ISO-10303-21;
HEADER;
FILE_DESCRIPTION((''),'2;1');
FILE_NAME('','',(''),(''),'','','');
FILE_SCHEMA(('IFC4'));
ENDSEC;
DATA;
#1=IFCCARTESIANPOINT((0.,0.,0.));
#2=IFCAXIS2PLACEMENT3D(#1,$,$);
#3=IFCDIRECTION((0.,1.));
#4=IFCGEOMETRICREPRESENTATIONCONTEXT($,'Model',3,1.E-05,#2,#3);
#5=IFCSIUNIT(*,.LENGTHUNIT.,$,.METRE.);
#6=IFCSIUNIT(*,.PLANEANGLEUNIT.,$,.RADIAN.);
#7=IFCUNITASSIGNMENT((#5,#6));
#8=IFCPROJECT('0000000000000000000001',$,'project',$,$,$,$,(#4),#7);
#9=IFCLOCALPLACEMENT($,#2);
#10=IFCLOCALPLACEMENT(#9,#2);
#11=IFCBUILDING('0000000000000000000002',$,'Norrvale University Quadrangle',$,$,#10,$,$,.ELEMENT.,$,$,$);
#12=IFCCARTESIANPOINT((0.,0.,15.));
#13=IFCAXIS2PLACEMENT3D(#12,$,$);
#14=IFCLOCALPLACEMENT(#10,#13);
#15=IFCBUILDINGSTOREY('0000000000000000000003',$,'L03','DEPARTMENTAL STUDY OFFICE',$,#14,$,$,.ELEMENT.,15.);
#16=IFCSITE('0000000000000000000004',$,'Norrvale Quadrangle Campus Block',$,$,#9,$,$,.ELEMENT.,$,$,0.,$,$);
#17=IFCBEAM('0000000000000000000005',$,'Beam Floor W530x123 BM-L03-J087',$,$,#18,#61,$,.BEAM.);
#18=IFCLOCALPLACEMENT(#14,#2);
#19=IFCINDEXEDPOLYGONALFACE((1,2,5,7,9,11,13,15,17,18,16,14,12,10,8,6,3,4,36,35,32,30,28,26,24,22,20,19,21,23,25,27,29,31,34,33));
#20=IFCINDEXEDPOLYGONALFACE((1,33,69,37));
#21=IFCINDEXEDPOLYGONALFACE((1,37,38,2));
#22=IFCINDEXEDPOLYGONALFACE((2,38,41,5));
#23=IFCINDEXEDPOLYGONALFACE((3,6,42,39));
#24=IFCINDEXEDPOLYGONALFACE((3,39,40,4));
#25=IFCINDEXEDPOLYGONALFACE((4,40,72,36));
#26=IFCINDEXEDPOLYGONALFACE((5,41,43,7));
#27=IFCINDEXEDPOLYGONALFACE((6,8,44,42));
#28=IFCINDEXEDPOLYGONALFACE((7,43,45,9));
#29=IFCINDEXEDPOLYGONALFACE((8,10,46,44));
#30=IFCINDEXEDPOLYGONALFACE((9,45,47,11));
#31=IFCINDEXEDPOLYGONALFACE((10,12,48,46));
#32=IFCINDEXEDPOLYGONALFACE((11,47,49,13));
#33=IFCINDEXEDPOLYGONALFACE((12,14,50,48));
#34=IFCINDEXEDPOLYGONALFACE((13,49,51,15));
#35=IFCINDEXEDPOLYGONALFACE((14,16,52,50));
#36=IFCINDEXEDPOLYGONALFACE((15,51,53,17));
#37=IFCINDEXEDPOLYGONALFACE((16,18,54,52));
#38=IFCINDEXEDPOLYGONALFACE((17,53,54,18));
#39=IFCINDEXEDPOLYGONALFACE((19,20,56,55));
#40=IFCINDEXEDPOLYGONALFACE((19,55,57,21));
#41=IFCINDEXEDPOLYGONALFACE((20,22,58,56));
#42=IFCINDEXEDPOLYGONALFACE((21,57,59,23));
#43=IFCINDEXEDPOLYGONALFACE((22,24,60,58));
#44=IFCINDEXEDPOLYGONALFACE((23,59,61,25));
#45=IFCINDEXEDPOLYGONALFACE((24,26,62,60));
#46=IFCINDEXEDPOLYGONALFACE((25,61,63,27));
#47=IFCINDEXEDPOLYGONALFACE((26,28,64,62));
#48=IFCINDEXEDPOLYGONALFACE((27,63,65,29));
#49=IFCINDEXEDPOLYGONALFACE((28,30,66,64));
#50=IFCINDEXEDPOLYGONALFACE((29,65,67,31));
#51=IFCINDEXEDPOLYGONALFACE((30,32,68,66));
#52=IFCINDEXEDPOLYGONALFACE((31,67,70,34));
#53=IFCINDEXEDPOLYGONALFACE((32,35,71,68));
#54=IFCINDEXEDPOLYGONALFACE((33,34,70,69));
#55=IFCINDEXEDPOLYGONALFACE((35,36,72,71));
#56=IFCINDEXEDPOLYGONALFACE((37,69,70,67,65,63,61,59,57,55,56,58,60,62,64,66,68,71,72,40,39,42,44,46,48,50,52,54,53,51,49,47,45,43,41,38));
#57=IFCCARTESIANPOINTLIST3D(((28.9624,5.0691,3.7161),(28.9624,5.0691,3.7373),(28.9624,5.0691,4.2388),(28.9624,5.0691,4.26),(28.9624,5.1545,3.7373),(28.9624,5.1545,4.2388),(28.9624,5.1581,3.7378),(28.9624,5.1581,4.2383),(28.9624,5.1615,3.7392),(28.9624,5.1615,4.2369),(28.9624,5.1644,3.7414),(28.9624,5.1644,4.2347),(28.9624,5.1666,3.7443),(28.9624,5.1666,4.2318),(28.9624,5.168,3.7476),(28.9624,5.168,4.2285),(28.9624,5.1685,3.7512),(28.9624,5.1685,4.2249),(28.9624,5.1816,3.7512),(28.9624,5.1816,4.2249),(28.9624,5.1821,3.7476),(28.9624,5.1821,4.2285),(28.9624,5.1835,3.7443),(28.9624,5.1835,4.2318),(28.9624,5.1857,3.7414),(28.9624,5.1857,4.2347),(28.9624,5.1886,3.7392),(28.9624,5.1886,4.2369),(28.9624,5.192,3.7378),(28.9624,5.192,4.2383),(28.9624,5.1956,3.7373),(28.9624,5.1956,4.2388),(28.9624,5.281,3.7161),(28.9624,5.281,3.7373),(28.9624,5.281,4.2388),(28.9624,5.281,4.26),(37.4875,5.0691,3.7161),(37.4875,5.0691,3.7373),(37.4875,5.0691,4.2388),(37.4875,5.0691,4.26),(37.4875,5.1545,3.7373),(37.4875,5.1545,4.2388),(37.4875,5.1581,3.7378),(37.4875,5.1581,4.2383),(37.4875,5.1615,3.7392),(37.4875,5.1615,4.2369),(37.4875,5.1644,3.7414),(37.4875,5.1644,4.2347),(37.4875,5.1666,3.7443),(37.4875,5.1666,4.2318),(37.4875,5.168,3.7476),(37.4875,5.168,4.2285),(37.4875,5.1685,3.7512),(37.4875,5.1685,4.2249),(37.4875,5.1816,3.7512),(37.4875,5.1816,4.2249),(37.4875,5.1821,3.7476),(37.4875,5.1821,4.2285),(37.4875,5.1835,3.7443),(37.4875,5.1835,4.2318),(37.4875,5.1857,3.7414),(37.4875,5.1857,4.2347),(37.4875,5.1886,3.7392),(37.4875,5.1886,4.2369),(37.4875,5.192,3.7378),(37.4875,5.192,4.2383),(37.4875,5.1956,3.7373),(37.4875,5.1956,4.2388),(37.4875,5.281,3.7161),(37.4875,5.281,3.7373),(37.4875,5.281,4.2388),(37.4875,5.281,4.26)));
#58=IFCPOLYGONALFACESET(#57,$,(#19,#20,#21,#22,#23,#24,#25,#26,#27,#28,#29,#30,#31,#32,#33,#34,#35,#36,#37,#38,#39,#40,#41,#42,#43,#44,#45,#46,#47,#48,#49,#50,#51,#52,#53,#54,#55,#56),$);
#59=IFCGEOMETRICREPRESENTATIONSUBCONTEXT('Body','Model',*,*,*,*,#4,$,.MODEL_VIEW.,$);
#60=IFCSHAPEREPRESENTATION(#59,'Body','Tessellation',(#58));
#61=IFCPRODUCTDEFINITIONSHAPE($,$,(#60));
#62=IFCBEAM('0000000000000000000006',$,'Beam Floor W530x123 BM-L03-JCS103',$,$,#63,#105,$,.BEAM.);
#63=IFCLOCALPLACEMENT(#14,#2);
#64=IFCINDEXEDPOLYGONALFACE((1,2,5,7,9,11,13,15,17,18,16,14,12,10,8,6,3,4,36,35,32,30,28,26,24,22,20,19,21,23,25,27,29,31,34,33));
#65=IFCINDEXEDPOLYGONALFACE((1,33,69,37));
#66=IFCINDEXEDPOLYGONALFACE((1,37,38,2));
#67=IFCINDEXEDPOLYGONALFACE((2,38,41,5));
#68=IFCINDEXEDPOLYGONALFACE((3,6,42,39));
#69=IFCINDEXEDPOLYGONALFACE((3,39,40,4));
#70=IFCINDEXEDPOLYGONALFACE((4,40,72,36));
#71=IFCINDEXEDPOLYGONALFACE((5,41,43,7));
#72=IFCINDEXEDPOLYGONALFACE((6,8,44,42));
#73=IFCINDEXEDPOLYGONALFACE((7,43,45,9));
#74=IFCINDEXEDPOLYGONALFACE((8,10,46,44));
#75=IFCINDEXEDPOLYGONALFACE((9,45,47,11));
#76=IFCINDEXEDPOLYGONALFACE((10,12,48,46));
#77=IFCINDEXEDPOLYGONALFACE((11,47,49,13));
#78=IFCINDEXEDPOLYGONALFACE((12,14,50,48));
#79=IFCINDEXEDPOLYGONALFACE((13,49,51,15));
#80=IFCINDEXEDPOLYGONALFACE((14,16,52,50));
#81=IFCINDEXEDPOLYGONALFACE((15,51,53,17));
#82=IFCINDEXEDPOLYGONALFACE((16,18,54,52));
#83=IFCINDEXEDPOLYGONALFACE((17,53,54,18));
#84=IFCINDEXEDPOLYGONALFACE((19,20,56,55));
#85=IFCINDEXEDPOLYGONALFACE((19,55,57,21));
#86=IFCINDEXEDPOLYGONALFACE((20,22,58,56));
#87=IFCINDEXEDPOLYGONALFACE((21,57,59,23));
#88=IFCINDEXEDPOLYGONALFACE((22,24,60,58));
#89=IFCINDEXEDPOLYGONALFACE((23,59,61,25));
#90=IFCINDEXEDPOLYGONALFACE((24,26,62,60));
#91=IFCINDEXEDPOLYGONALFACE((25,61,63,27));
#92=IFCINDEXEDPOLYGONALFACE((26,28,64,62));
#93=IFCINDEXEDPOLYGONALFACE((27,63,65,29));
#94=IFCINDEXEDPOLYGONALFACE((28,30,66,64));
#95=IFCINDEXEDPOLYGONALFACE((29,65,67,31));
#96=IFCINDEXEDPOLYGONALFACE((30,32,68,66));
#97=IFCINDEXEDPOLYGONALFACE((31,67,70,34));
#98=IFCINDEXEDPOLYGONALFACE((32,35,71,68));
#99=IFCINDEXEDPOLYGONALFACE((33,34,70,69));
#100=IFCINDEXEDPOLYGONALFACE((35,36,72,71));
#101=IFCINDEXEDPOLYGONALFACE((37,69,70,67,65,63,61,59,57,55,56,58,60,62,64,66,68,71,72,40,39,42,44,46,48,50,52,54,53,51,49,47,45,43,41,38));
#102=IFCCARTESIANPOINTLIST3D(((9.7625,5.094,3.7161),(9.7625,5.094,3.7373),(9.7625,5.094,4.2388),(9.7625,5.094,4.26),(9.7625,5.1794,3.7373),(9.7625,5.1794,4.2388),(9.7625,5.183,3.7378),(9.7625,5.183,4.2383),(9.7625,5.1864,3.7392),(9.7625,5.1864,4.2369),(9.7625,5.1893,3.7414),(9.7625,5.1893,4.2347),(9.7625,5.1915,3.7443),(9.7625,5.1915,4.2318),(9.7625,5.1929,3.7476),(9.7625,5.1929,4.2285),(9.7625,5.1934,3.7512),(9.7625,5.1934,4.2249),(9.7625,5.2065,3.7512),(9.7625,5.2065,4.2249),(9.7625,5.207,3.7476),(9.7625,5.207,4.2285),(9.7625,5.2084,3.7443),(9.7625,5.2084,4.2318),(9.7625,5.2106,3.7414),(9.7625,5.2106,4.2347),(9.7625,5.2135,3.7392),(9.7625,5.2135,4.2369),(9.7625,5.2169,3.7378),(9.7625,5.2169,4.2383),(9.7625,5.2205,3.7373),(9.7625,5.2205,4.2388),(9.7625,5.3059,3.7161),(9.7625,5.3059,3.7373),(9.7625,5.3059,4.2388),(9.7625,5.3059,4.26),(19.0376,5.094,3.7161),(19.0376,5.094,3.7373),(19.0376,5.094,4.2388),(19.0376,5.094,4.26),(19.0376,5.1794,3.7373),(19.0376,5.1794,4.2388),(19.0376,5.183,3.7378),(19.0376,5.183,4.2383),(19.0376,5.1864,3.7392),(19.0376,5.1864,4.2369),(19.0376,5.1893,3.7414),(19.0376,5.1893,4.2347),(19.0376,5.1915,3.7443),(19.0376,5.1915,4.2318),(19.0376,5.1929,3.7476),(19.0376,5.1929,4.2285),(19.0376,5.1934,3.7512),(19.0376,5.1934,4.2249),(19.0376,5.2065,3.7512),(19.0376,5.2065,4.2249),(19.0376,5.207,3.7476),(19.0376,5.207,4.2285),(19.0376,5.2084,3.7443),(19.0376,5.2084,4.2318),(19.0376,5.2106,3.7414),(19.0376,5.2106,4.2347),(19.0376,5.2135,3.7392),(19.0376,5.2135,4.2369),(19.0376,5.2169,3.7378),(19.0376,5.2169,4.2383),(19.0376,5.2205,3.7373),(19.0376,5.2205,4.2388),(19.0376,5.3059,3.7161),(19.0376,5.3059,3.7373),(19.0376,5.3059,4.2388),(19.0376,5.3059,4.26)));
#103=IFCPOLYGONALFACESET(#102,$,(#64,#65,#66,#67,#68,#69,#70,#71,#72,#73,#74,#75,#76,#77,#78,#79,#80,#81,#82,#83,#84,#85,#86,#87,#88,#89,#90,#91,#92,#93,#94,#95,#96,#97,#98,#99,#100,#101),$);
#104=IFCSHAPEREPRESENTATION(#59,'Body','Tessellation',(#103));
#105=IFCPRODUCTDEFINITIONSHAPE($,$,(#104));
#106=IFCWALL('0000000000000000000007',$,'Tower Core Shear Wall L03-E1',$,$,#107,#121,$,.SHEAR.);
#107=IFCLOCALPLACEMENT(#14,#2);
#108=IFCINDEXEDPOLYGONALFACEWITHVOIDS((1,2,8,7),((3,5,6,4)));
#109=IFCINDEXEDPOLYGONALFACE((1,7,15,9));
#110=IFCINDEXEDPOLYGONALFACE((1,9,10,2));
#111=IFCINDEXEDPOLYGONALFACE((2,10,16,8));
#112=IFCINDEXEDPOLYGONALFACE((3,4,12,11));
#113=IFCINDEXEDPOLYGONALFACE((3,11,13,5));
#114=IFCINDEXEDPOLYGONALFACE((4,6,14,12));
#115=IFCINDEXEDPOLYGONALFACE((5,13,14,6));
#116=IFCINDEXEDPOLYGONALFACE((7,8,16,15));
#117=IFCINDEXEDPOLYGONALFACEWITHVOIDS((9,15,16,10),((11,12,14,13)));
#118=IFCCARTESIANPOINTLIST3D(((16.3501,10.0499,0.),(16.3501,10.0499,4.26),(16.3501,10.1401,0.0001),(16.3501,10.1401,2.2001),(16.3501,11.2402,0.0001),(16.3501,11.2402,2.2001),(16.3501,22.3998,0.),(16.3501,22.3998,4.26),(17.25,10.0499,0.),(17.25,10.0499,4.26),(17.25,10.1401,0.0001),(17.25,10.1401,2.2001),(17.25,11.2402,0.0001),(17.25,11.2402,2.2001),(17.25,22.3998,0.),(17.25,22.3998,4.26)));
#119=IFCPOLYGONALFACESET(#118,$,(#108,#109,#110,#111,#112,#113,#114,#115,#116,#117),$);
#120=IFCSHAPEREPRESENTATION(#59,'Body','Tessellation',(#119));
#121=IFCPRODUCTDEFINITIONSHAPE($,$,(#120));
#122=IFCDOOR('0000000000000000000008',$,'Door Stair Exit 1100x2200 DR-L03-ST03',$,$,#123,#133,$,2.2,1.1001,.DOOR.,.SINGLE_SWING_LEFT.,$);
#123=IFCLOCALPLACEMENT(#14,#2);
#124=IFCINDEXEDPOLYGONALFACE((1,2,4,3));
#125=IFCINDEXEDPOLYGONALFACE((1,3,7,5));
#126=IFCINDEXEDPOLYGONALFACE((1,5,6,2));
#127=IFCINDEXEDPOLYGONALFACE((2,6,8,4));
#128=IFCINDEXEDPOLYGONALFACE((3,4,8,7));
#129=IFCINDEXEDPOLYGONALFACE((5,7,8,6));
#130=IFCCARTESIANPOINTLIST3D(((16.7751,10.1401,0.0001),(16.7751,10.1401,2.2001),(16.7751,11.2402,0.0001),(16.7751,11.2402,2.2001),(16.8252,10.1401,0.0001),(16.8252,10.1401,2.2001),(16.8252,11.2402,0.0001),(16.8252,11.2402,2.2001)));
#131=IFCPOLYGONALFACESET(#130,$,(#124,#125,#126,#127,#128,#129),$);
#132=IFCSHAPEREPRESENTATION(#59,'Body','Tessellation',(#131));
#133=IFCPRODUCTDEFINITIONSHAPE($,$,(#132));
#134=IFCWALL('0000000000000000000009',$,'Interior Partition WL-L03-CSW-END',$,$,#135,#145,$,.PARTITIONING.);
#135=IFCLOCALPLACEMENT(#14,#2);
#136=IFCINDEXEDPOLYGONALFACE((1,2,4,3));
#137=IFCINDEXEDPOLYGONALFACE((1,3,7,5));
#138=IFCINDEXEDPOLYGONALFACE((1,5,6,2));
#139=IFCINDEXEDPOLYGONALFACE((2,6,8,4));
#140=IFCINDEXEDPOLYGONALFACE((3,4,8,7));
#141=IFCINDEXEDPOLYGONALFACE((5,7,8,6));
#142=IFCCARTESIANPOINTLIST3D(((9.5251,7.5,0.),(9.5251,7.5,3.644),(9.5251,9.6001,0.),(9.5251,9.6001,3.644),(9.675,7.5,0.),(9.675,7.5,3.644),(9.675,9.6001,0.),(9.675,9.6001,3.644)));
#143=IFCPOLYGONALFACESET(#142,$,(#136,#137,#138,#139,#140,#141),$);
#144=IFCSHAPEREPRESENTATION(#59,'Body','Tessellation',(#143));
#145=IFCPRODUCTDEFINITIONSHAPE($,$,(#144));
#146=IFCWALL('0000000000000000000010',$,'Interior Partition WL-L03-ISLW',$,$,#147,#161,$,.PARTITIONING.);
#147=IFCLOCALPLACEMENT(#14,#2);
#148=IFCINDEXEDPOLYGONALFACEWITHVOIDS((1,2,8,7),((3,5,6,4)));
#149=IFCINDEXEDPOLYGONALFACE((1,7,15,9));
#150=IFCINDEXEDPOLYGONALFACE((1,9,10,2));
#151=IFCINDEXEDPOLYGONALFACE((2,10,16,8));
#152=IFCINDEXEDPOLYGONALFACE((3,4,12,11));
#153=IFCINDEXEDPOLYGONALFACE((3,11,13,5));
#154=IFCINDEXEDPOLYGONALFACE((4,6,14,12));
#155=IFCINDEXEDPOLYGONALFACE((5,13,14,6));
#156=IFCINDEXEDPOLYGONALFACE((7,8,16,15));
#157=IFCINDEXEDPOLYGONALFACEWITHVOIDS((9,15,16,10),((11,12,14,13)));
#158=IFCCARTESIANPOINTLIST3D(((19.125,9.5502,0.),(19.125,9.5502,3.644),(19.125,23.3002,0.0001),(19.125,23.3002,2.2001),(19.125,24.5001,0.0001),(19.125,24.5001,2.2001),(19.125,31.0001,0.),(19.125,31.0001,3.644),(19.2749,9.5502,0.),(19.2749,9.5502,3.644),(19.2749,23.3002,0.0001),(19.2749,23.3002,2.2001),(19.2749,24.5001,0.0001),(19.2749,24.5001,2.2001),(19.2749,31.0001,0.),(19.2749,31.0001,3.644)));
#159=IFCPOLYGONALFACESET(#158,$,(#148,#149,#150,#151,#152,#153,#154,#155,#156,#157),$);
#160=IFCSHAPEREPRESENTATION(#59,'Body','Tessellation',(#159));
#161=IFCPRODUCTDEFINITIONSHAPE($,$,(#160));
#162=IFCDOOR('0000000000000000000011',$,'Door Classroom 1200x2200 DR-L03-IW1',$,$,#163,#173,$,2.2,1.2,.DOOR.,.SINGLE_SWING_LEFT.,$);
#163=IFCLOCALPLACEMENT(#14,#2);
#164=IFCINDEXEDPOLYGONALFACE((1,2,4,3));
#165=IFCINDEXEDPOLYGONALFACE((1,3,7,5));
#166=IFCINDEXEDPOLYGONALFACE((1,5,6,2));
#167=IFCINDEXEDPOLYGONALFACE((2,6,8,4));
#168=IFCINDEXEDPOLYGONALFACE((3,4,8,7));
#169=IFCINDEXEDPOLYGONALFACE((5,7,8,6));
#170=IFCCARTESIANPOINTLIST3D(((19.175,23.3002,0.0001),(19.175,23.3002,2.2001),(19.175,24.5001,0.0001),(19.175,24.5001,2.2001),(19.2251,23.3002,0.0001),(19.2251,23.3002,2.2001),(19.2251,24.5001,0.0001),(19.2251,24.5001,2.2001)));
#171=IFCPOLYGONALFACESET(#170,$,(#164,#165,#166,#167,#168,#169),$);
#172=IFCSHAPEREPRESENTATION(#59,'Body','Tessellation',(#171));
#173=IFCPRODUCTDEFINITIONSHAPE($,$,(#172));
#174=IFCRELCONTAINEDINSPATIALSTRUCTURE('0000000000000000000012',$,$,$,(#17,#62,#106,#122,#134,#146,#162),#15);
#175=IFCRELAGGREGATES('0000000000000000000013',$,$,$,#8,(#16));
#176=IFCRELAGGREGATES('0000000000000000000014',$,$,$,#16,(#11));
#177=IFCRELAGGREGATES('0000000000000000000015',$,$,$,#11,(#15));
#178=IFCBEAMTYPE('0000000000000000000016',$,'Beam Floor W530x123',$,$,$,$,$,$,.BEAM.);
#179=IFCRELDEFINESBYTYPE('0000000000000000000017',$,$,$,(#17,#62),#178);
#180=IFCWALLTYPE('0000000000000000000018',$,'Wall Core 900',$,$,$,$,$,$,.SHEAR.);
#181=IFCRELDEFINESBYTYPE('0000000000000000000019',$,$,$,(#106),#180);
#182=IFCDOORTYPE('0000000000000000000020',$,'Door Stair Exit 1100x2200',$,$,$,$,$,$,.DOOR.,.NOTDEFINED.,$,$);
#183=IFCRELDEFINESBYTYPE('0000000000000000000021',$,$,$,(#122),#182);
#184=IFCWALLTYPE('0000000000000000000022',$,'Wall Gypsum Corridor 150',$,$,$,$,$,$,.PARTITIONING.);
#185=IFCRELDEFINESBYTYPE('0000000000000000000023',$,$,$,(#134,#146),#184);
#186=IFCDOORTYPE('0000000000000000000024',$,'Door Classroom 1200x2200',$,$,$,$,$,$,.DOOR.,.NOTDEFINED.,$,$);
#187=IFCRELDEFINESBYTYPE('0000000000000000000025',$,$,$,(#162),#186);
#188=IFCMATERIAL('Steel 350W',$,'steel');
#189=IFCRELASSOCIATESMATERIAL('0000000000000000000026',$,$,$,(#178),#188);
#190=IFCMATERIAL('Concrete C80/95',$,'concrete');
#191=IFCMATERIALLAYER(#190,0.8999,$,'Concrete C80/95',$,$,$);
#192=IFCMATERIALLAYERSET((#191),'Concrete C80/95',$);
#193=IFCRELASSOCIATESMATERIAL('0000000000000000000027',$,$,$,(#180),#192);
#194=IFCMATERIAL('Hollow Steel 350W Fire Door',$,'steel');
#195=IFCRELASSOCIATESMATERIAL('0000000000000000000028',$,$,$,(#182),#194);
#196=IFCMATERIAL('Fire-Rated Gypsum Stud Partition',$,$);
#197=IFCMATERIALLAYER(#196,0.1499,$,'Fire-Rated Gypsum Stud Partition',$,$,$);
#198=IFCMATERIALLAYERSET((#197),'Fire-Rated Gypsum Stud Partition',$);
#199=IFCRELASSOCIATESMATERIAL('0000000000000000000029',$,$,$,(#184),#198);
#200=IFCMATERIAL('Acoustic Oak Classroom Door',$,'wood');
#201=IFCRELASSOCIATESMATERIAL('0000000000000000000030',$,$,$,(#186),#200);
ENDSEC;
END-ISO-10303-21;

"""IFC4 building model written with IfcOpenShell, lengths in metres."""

from ifc_helpers import new_model, si_unit, direction, frame, frame_2d, origin, origin_2d, place, context, subcontext, project, spatial, rectangle, i_section, extrude, material, layer, layer_set, material_profile, profile_set, type_object, element, fill, save


model = new_model("IFC4")

# Units and contexts
model_context = context("Model", 3, precision=1e-05, world=origin(), true_north=direction((0.0, 1.0)))
body_context = subcontext(model_context, "Body", "Model", "MODEL_VIEW")
ifc_project = project(units=[si_unit("LENGTHUNIT", "METRE"), si_unit("PLANEANGLEUNIT", "RADIAN")], contexts=[model_context])

# Site, building, storey
site_placement = place(None, origin())
site = spatial("IfcSite", under=ifc_project, at=site_placement, Name="Norrvale Quadrangle Campus Block", CompositionType="ELEMENT", RefElevation=0.0)
building_placement = place(site_placement, origin())
building = spatial("IfcBuilding", under=site, at=building_placement, Name="Norrvale University Quadrangle", CompositionType="ELEMENT")
storey_placement = place(building_placement, frame((0.0, 0.0, 15.0)))
storey = spatial("IfcBuildingStorey", under=building, at=storey_placement, Name="L03", Description="DEPARTMENTAL STUDY OFFICE", CompositionType="ELEMENT", Elevation=15.0)

# Shared definitions
ifc_material_1 = material(Name="Concrete C80/95", Category="concrete")

# Beams
ifc_material_2 = material(Name="Steel 350W", Category="steel")
ifc_material_profile_1 = material_profile(ifc_material_2, i_section(OverallWidth=0.2119, OverallDepth=0.5439, WebThickness=0.0132, FlangeThickness=0.0212, FilletRadius=0.0139, at=origin_2d()), Name="Steel 350W")
ifc_profile_set_1 = profile_set([ifc_material_profile_1], Name="Steel 350W")
beam_type_1 = type_object("IfcBeamType", Name="Beam Floor W530x123", PredefinedType="BEAM", material=ifc_profile_set_1)
beam_1_placement = place(storey_placement, frame((28.9624, 5.175, 3.988), z_axis=(1.0, 0.0, 0.0), x_axis=(0.0, 1.0, 0.0)))
element("IfcBeam", 1, at=beam_1_placement, inside=storey, type_object=beam_type_1, Name="Beam Floor W530x123 BM-L03-J087", PredefinedType="BEAM", context=body_context, shape_type="SweptSolid", body=[
    extrude(i_section(OverallWidth=0.2119, OverallDepth=0.5439, WebThickness=0.0132, FlangeThickness=0.0212, FilletRadius=0.0139, at=origin_2d()), origin(), (0.0, 0.0, 1.0), 8.5251),
])
beam_2_placement = place(storey_placement, frame((9.7625, 5.2, 3.988), z_axis=(1.0, 0.0, 0.0), x_axis=(0.0, 1.0, 0.0)))
element("IfcBeam", 2, at=beam_2_placement, inside=storey, type_object=beam_type_1, Name="Beam Floor W530x123 BM-L03-JCS103", PredefinedType="BEAM", context=body_context, shape_type="SweptSolid", body=[
    extrude(i_section(OverallWidth=0.2119, OverallDepth=0.5439, WebThickness=0.0132, FlangeThickness=0.0212, FilletRadius=0.0139, at=origin_2d()), origin(), (0.0, 0.0, 1.0), 9.2751),
])

# Wall, opening, door
ifc_layer_1 = layer(ifc_material_1, 0.8999, Name="Concrete C80/95")
ifc_layer_set_1 = layer_set([ifc_layer_1], Name="Concrete C80/95")
wall_type_1 = type_object("IfcWallType", Name="Wall Core 900", PredefinedType="SHEAR", material=ifc_layer_set_1)
wall_1_placement = place(storey_placement, frame((16.8, 10.05, 0.0), z_axis=(0.0, 0.0, 1.0), x_axis=(0.0, 1.0, 0.0)))
wall_1 = element("IfcWall", 3, at=wall_1_placement, inside=storey, type_object=wall_type_1, Name="Tower Core Shear Wall L03-E1", PredefinedType="SHEAR", context=body_context, shape_type="SweptSolid", body=[
    extrude(rectangle(XDim=12.3499, YDim=0.8999, at=frame_2d((6.1748, 0.0))), origin(), (0.0, 0.0, 1.0), 4.26),
])
opening_1_placement = place(wall_1_placement, frame((0.0901, 0.0, 0.0)))
opening_1 = element("IfcOpeningElement", 4, at=opening_1_placement, cuts=wall_1, PredefinedType="OPENING", context=body_context, shape_type="SweptSolid", body=[
    extrude(rectangle(XDim=1.1001, YDim=2.2, at=frame_2d((0.55, 1.1001))), frame((0.0, 0.4619, 0.0), z_axis=(0.0, -1.0, 0.0), x_axis=(1.0, 0.0, 0.0)), (0.0, 0.0, 1.0), 0.9238),
])
ifc_material_3 = material(Name="Hollow Steel 350W Fire Door", Category="steel")
door_type_1 = type_object("IfcDoorType", Name="Door Stair Exit 1100x2200", OperationType="NOTDEFINED", PredefinedType="DOOR", material=ifc_material_3)
door_1_placement = place(opening_1_placement, origin())
door_1 = element("IfcDoor", 5, at=door_1_placement, inside=storey, type_object=door_type_1, Name="Door Stair Exit 1100x2200 DR-L03-ST03", OperationType="SINGLE_SWING_LEFT", OverallHeight=2.2, OverallWidth=1.1001, PredefinedType="DOOR", context=body_context, shape_type="SweptSolid", body=[
    extrude(rectangle(XDim=1.1001, YDim=2.2, at=frame_2d((0.55, 1.1001))), frame((0.0, 0.0249, 0.0), z_axis=(0.0, -1.0, 0.0), x_axis=(1.0, 0.0, 0.0)), (0.0, 0.0, 1.0), 0.05),
])
fill(opening_1, door_1)

# Wall
ifc_material_4 = material(Name="Fire-Rated Gypsum Stud Partition")
ifc_layer_2 = layer(ifc_material_4, 0.1499, Name="Fire-Rated Gypsum Stud Partition")
ifc_layer_set_2 = layer_set([ifc_layer_2], Name="Fire-Rated Gypsum Stud Partition")
wall_type_2 = type_object("IfcWallType", Name="Wall Gypsum Corridor 150", PredefinedType="PARTITIONING", material=ifc_layer_set_2)
wall_2_placement = place(storey_placement, frame((9.6001, 7.5, 0.0), z_axis=(0.0, 0.0, 1.0), x_axis=(0.0, 1.0, 0.0)))
element("IfcWall", 6, at=wall_2_placement, inside=storey, type_object=wall_type_2, Name="Interior Partition WL-L03-CSW-END", PredefinedType="PARTITIONING", context=body_context, shape_type="SweptSolid", body=[
    extrude(rectangle(XDim=2.1001, YDim=0.1499, at=frame_2d((1.05, 0.0))), origin(), (0.0, 0.0, 1.0), 3.644),
])

# Wall, opening, door
wall_3_placement = place(storey_placement, frame((19.2, 9.55, 0.0), z_axis=(0.0, 0.0, 1.0), x_axis=(0.0, 1.0, 0.0)))
wall_3 = element("IfcWall", 7, at=wall_3_placement, inside=storey, type_object=wall_type_2, Name="Interior Partition WL-L03-ISLW", PredefinedType="PARTITIONING", context=body_context, shape_type="SweptSolid", body=[
    extrude(rectangle(XDim=21.45, YDim=0.1499, at=frame_2d((10.7251, 0.0))), origin(), (0.0, 0.0, 1.0), 3.644),
])
opening_2_placement = place(wall_3_placement, frame((13.75, 0.0, 0.0)))
opening_2 = element("IfcOpeningElement", 8, at=opening_2_placement, cuts=wall_3, PredefinedType="OPENING", context=body_context, shape_type="SweptSolid", body=[
    extrude(rectangle(XDim=1.2, YDim=2.2, at=frame_2d((0.6001, 1.1001))), frame((0.0, 0.0869, 0.0), z_axis=(0.0, -1.0, 0.0), x_axis=(1.0, 0.0, 0.0)), (0.0, 0.0, 1.0), 0.1738),
])
ifc_material_5 = material(Name="Acoustic Oak Classroom Door", Category="wood")
door_type_2 = type_object("IfcDoorType", Name="Door Classroom 1200x2200", OperationType="NOTDEFINED", PredefinedType="DOOR", material=ifc_material_5)
door_2_placement = place(opening_2_placement, origin())
door_2 = element("IfcDoor", 9, at=door_2_placement, inside=storey, type_object=door_type_2, Name="Door Classroom 1200x2200 DR-L03-IW1", OperationType="SINGLE_SWING_LEFT", OverallHeight=2.2, OverallWidth=1.2, PredefinedType="DOOR", context=body_context, shape_type="SweptSolid", body=[
    extrude(rectangle(XDim=1.2, YDim=2.2, at=frame_2d((0.6001, 1.1001))), frame((0.0, 0.0249, 0.0), z_axis=(0.0, -1.0, 0.0), x_axis=(1.0, 0.0, 0.0)), (0.0, 0.0, 1.0), 0.05),
])
fill(opening_2, door_2)

save(model, "model.ifc")
